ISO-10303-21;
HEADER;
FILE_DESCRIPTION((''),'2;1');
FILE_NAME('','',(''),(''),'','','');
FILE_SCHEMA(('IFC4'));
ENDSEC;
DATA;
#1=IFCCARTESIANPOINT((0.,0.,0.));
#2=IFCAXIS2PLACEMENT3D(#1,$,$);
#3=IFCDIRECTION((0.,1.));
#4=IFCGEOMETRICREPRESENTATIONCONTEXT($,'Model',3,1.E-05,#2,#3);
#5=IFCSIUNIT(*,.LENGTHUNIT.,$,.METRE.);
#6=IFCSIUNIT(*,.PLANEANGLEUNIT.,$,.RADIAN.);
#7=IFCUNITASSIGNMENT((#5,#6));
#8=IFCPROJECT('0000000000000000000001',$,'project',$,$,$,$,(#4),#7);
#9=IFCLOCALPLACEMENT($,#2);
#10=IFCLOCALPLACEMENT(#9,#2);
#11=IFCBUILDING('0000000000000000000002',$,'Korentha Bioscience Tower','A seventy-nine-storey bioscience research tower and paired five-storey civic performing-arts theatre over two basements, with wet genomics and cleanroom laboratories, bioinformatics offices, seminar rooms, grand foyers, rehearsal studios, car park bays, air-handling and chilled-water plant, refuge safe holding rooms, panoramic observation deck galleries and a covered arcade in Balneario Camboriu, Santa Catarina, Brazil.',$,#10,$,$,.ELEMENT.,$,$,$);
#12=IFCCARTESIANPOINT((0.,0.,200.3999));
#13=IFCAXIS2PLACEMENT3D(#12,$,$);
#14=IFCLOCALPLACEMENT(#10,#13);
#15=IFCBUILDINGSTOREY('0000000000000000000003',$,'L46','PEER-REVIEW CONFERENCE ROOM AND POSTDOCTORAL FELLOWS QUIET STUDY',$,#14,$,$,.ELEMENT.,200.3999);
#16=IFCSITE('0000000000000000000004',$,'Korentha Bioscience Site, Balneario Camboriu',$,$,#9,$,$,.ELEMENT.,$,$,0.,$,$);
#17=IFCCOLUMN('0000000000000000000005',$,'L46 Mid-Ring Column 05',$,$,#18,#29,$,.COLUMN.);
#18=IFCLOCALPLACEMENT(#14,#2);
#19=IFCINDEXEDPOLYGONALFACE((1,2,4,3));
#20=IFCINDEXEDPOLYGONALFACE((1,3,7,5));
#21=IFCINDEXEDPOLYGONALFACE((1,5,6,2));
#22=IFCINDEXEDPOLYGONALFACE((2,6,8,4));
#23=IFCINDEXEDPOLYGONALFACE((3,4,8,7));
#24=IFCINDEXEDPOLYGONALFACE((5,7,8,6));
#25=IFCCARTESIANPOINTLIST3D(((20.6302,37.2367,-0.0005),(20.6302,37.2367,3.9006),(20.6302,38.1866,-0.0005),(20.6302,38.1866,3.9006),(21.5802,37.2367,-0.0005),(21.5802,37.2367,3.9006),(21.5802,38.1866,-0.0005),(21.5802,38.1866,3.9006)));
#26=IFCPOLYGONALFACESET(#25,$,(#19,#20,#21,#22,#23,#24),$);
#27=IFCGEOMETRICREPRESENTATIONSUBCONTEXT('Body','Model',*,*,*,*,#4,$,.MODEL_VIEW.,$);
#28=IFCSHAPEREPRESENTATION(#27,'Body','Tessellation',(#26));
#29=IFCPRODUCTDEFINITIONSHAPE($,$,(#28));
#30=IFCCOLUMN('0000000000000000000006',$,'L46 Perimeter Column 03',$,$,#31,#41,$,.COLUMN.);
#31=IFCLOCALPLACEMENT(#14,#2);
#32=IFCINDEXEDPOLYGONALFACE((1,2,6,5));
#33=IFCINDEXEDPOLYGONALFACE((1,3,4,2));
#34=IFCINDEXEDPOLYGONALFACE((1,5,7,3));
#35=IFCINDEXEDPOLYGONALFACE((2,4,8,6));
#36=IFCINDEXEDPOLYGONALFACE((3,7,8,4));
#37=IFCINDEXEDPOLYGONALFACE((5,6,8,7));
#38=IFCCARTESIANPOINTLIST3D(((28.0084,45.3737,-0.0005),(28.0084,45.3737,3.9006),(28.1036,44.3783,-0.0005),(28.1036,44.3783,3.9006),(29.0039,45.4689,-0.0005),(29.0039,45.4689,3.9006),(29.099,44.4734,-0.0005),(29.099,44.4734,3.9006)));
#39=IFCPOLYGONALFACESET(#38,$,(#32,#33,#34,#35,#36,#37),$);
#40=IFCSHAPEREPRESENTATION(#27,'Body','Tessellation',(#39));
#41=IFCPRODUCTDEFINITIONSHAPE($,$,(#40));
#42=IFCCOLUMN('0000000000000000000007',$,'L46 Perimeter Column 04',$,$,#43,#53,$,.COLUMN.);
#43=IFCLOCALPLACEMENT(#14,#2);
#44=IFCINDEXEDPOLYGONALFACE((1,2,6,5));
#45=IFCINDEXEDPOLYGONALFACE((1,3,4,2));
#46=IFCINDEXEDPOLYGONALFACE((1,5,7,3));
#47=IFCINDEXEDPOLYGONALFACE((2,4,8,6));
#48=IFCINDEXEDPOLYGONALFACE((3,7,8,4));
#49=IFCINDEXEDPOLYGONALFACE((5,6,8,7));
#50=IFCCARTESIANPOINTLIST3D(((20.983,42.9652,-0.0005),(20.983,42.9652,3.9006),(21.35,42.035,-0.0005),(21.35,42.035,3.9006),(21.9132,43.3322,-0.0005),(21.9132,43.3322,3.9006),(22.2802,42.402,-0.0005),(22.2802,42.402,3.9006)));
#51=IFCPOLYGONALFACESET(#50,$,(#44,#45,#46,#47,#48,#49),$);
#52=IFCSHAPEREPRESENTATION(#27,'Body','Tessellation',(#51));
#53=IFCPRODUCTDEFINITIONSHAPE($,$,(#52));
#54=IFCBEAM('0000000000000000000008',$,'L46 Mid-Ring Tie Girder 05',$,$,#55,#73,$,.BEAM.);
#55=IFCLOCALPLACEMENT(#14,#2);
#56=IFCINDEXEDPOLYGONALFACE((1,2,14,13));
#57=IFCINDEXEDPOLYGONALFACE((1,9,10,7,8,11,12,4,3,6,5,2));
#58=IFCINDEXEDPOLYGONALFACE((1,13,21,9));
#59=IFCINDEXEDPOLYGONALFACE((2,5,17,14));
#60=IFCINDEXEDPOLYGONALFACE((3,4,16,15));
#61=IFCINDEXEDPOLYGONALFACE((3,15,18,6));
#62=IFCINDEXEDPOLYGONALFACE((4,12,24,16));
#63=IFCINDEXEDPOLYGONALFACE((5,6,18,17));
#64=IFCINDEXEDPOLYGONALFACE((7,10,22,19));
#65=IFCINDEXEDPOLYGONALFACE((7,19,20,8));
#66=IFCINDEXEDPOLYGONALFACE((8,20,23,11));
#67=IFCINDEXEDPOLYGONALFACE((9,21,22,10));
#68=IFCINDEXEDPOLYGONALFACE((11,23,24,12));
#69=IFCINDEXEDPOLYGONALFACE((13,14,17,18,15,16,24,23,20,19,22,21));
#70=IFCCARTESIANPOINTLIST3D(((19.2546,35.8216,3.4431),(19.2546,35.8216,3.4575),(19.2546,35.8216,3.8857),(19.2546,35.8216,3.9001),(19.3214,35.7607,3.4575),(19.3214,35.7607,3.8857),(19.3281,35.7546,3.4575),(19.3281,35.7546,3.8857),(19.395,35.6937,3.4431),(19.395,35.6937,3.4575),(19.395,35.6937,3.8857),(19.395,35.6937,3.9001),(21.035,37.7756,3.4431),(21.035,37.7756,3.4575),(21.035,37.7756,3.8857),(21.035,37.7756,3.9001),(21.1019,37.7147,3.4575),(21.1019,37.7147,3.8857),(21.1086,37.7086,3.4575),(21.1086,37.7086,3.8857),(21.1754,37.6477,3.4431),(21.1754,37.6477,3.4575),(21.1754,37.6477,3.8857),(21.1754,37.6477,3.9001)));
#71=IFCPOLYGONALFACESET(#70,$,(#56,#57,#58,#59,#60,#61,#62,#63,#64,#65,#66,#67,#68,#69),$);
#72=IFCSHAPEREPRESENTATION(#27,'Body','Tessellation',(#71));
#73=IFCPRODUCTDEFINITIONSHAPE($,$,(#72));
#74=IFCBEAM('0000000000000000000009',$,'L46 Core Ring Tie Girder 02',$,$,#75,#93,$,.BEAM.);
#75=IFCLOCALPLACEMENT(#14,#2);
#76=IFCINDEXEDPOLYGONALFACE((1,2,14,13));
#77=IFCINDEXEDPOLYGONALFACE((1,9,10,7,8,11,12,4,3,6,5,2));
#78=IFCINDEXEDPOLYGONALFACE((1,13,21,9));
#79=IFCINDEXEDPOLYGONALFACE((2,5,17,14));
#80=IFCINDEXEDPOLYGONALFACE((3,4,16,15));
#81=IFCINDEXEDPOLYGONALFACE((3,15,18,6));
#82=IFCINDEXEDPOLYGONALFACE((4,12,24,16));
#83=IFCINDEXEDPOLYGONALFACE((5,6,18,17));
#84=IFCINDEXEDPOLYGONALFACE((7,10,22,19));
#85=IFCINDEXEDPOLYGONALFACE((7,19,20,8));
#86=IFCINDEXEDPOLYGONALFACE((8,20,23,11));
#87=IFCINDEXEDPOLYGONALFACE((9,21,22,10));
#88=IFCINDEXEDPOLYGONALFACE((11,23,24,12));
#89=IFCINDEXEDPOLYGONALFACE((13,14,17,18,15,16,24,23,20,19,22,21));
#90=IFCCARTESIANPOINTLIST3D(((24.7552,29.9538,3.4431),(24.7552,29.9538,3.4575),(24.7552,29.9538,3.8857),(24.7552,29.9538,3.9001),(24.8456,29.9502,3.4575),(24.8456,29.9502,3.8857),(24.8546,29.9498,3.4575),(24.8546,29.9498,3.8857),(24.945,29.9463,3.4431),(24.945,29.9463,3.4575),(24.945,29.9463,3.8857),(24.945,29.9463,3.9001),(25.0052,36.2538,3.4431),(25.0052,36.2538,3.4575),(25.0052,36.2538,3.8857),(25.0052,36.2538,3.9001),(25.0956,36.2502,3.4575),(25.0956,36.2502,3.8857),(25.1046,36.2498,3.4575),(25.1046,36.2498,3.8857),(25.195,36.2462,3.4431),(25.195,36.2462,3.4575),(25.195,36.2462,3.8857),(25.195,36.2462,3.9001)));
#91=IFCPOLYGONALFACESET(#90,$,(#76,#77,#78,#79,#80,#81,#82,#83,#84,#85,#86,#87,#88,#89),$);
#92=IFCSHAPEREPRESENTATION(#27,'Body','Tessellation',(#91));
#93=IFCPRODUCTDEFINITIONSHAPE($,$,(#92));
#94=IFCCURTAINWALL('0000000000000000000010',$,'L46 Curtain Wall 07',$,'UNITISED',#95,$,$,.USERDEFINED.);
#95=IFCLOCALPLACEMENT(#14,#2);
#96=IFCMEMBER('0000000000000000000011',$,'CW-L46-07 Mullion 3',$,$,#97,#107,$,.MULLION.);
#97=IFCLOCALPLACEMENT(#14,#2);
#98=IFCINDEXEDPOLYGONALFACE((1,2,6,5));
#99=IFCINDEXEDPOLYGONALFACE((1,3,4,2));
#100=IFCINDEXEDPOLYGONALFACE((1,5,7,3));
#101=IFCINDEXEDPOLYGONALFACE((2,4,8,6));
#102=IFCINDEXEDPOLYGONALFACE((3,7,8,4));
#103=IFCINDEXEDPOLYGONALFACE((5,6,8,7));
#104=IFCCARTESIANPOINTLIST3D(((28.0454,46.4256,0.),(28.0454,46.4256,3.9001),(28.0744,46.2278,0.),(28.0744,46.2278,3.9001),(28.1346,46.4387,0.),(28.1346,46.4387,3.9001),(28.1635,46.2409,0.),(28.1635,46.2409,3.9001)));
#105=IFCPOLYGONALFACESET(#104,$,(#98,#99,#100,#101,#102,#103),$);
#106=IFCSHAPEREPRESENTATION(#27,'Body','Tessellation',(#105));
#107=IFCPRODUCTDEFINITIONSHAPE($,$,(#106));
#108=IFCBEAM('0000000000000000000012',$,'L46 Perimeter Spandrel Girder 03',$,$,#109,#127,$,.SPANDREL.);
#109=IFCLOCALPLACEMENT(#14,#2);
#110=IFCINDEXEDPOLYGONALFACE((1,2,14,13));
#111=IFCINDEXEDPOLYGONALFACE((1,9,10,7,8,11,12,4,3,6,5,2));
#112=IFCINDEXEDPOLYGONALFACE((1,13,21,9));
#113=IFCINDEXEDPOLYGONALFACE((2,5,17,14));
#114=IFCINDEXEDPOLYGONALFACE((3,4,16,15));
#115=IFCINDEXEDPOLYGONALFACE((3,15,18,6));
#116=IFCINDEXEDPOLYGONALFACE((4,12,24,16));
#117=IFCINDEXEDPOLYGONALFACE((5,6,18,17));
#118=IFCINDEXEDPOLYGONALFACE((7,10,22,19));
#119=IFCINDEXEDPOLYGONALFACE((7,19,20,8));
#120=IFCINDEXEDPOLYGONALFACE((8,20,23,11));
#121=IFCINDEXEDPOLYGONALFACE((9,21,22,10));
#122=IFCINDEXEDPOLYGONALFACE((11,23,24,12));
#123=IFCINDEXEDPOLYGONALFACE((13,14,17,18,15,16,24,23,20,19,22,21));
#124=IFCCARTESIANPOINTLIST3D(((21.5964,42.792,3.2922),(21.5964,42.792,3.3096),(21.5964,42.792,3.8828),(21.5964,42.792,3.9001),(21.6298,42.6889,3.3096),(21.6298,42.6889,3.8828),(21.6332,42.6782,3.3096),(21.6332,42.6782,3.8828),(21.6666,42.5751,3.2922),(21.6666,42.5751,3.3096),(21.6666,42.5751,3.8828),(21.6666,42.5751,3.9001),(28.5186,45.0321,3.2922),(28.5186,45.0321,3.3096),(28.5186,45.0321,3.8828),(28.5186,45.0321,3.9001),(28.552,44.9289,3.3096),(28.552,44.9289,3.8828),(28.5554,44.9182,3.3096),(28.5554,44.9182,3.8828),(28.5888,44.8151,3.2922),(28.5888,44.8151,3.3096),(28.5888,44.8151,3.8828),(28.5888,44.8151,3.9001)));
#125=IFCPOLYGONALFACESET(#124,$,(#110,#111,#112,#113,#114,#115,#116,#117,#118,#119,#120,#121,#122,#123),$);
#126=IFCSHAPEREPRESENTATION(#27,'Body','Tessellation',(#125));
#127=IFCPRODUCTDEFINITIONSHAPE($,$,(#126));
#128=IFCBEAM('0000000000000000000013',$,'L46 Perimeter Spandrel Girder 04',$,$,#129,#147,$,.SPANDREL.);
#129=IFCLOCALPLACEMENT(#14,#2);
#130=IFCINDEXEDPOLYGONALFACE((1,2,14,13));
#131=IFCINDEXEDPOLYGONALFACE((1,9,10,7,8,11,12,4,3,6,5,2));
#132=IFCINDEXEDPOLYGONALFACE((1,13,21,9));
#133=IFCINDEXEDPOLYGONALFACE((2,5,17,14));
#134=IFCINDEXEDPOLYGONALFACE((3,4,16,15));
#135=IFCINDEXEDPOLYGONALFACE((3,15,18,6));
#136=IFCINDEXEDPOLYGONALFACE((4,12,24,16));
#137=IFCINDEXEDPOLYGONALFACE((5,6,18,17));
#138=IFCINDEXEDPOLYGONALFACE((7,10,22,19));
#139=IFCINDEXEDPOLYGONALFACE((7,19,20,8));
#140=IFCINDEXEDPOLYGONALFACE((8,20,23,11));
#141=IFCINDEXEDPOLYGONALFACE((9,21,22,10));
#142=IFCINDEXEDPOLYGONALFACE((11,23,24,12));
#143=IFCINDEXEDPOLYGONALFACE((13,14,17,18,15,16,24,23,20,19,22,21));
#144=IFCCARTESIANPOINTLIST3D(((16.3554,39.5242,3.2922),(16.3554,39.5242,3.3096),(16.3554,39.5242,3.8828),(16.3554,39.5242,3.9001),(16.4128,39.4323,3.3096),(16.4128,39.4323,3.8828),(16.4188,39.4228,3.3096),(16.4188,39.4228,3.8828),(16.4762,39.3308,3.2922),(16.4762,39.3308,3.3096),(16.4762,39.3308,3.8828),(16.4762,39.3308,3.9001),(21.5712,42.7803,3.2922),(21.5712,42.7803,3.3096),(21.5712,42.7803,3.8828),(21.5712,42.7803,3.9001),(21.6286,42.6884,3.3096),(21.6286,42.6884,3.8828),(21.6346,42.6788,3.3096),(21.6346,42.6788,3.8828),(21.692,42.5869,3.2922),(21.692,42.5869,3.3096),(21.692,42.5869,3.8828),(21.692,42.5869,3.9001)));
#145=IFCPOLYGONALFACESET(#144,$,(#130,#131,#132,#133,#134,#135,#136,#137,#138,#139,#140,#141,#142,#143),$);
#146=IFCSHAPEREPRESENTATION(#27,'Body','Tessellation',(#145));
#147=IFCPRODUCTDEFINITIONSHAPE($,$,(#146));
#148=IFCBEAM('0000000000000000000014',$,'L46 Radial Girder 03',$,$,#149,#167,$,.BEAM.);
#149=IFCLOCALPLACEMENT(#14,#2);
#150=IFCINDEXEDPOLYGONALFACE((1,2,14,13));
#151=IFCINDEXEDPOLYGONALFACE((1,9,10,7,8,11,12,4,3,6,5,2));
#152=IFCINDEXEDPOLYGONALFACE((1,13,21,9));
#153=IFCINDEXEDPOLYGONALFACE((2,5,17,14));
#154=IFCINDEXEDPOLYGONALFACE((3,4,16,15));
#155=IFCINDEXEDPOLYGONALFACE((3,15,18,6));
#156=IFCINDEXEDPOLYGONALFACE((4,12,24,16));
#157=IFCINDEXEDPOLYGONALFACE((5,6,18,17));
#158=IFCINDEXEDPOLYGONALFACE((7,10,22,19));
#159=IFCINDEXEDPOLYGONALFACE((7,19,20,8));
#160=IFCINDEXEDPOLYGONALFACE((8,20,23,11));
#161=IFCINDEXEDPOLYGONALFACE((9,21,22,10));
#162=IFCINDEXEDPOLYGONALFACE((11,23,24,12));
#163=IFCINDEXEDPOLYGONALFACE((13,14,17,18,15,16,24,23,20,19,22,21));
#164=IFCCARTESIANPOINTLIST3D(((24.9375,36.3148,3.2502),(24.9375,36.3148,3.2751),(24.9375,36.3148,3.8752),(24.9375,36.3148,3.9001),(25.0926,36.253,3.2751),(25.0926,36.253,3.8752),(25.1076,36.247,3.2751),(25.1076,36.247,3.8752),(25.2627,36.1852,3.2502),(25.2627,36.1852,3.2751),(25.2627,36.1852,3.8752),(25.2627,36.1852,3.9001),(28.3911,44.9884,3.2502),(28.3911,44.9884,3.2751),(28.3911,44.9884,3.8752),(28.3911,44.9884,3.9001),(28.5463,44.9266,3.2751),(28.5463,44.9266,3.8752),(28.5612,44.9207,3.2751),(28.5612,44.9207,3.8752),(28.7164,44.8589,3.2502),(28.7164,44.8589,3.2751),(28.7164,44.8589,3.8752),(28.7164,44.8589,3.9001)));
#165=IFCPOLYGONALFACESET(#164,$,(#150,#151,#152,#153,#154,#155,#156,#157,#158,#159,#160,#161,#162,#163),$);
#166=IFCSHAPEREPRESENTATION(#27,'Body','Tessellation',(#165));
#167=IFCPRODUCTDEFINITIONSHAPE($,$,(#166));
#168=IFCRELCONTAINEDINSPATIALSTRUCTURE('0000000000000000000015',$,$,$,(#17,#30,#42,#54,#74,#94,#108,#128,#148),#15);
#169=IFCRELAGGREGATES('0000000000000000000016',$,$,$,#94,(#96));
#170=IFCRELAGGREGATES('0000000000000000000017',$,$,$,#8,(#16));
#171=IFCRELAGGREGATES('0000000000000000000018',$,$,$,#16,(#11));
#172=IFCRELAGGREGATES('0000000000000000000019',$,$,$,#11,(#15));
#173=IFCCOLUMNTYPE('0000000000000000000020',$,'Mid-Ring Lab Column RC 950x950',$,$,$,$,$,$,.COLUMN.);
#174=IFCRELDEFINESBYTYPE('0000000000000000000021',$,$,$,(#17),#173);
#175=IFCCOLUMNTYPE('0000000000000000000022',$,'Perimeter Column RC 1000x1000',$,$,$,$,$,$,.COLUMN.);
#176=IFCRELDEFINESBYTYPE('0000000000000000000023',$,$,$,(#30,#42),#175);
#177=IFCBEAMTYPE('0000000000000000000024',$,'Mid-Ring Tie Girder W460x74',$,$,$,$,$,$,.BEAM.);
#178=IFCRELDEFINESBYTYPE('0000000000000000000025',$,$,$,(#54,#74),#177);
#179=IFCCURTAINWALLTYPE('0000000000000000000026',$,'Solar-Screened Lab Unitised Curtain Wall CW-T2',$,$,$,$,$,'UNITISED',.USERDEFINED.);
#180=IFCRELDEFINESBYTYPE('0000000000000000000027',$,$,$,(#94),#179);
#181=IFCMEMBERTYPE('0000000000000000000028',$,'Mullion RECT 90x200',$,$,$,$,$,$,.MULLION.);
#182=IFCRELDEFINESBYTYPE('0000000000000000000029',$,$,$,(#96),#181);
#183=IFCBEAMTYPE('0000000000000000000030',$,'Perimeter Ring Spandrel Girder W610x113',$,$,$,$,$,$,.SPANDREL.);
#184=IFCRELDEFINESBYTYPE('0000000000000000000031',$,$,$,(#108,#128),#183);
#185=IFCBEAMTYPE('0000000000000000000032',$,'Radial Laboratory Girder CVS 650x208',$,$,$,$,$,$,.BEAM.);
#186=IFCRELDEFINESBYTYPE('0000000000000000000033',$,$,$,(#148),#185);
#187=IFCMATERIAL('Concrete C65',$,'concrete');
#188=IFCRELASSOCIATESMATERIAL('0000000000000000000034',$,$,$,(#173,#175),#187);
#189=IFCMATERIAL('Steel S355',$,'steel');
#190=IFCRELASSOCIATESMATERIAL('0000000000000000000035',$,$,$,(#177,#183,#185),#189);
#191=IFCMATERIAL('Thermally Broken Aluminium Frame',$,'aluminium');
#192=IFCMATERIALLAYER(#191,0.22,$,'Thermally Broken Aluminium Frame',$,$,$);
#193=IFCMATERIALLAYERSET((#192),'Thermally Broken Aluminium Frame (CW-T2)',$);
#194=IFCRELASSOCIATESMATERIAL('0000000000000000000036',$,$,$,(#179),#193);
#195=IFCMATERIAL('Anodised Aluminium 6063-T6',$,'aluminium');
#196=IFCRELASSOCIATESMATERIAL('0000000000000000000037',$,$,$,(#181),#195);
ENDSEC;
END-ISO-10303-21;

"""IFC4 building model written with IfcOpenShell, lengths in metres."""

from ifc_helpers import new_model, si_unit, direction, frame, origin, origin_2d, place, context, subcontext, project, spatial, rectangle, i_section, extrude, material, layer, layer_set, material_profile, profile_set, type_object, element, aggregate, save


model = new_model("IFC4")

# Units and contexts
model_context = context("Model", 3, precision=1e-05, world=origin(), true_north=direction((0.0, 1.0)))
body_context = subcontext(model_context, "Body", "Model", "MODEL_VIEW")
ifc_project = project(units=[si_unit("LENGTHUNIT", "METRE"), si_unit("PLANEANGLEUNIT", "RADIAN")], contexts=[model_context])

# Site, building, storey
site_placement = place(None, origin())
site = spatial("IfcSite", under=ifc_project, at=site_placement, Name="Korentha Bioscience Site, Balneario Camboriu", CompositionType="ELEMENT", RefElevation=0.0)
building_placement = place(site_placement, origin())
building = spatial("IfcBuilding", under=site, at=building_placement, Name="Korentha Bioscience Tower", Description="A seventy-nine-storey bioscience research tower and paired five-storey civic performing-arts theatre over two basements, with wet genomics and cleanroom laboratories, bioinformatics offices, seminar rooms, grand foyers, rehearsal studios, car park bays, air-handling and chilled-water plant, refuge safe holding rooms, panoramic observation deck galleries and a covered arcade in Balneario Camboriu, Santa Catarina, Brazil.", CompositionType="ELEMENT")
storey_placement = place(building_placement, frame((0.0, 0.0, 200.3999)))
storey = spatial("IfcBuildingStorey", under=building, at=storey_placement, Name="L46", Description="PEER-REVIEW CONFERENCE ROOM AND POSTDOCTORAL FELLOWS QUIET STUDY", CompositionType="ELEMENT", Elevation=200.3999)

# Columns
ifc_material_1 = material(Name="Concrete C65", Category="concrete")
ifc_material_profile_1 = material_profile(ifc_material_1, rectangle(XDim=0.95, YDim=0.95, at=origin_2d()), Name="Concrete C65")
ifc_profile_set_1 = profile_set([ifc_material_profile_1], Name="Concrete C65 (COL-MR09)")
column_type_1 = type_object("IfcColumnType", Name="Mid-Ring Lab Column RC 950x950", PredefinedType="COLUMN", material=ifc_profile_set_1)
column_placement = place(storey_placement, frame((21.1052, 37.7117, -0.0005), z_axis=(0.0, 0.0, 1.0), x_axis=(1.0, 0.0, 0.0)))
element("IfcColumn", 1, at=column_placement, inside=storey, type_object=column_type_1, Name="L46 Mid-Ring Column 05", PredefinedType="COLUMN", context=body_context, shape_type="SweptSolid", body=[
    extrude(rectangle(XDim=0.95, YDim=0.95, at=origin_2d()), origin(), (0.0, 0.0, 1.0), 3.9011),
])
ifc_material_profile_2 = material_profile(ifc_material_1, rectangle(XDim=1.0, YDim=1.0, at=origin_2d()), Name="Concrete C65")
ifc_profile_set_2 = profile_set([ifc_material_profile_2], Name="Concrete C65 (COL-P10)")
column_type_2 = type_object("IfcColumnType", Name="Perimeter Column RC 1000x1000", PredefinedType="COLUMN", material=ifc_profile_set_2)
for number, where, z_axis, x_axis, name in (
    (2, (28.5537, 44.9236, -0.0005), (0.0, 0.0, 1.0), (0.995463, 0.095151, 0.0), "L46 Perimeter Column 03"),
    (3, (21.6316, 42.6836, -0.0005), (0.0, 0.0, 1.0), (0.930226, 0.366988, 0.0), "L46 Perimeter Column 04"),
):
    element("IfcColumn", number, at=place(storey_placement, frame(where, z_axis=z_axis, x_axis=x_axis)), inside=storey, type_object=column_type_2, Name=name, PredefinedType="COLUMN", context=body_context, shape_type="SweptSolid", body=[
        extrude(rectangle(XDim=1.0, YDim=1.0, at=origin_2d()), origin(), (0.0, 0.0, 1.0), 3.9011),
    ])

# Beams
ifc_material_2 = material(Name="Steel S355", Category="steel")
ifc_material_profile_3 = material_profile(ifc_material_2, i_section(OverallWidth=0.1899, OverallDepth=0.457, WebThickness=0.009, FlangeThickness=0.0144, at=origin_2d()), Name="Steel S355")
ifc_profile_set_3 = profile_set([ifc_material_profile_3], Name="Steel S355 (MB-460)")
beam_type_1 = type_object("IfcBeamType", Name="Mid-Ring Tie Girder W460x74", PredefinedType="BEAM", material=ifc_profile_set_3)
beam_1_placement = place(storey_placement, frame((21.1052, 37.7117, 3.6716), z_axis=(-0.673514, -0.739175, 0.0), x_axis=(0.739175, -0.673514, 0.0)))
element("IfcBeam", 4, at=beam_1_placement, inside=storey, type_object=beam_type_1, Name="L46 Mid-Ring Tie Girder 05", PredefinedType="BEAM", context=body_context, shape_type="SweptSolid", body=[
    extrude(i_section(OverallWidth=0.1899, OverallDepth=0.457, WebThickness=0.009, FlangeThickness=0.0144, at=origin_2d()), origin(), (0.0, 0.0, 1.0), 2.6436),
])
beam_2_placement = place(storey_placement, frame((25.1001, 36.25, 3.6716), z_axis=(-0.039651, -0.999214, 0.0), x_axis=(0.999214, -0.039651, 0.0)))
element("IfcBeam", 5, at=beam_2_placement, inside=storey, type_object=beam_type_1, Name="L46 Core Ring Tie Girder 02", PredefinedType="BEAM", context=body_context, shape_type="SweptSolid", body=[
    extrude(i_section(OverallWidth=0.1899, OverallDepth=0.457, WebThickness=0.009, FlangeThickness=0.0144, at=origin_2d()), origin(), (0.0, 0.0, 1.0), 6.3049),
])

# Curtain wall, member
ifc_material_3 = material(Name="Thermally Broken Aluminium Frame", Category="aluminium")
ifc_layer_1 = layer(ifc_material_3, 0.22, Name="Thermally Broken Aluminium Frame")
ifc_layer_set_1 = layer_set([ifc_layer_1], Name="Thermally Broken Aluminium Frame (CW-T2)")
curtain_wall_type = type_object("IfcCurtainWallType", Name="Solar-Screened Lab Unitised Curtain Wall CW-T2", ElementType="UNITISED", PredefinedType="USERDEFINED", material=ifc_layer_set_1)
curtain_wall_placement = place(storey_placement, origin())
curtain_wall = element("IfcCurtainWall", 6, at=curtain_wall_placement, inside=storey, type_object=curtain_wall_type, Name="L46 Curtain Wall 07", ObjectType="UNITISED", PredefinedType="USERDEFINED")
ifc_material_4 = material(Name="Anodised Aluminium 6063-T6", Category="aluminium")
ifc_material_profile_4 = material_profile(ifc_material_4, rectangle(XDim=0.0901, YDim=0.2, at=origin_2d()), Name="Anodised Aluminium 6063-T6")
ifc_profile_set_4 = profile_set([ifc_material_profile_4], Name="Anodised Aluminium 6063-T6 (CW-MUL)")
member_type = type_object("IfcMemberType", Name="Mullion RECT 90x200", PredefinedType="MULLION", material=ifc_profile_set_4)
member_placement = place(storey_placement, frame((28.1045, 46.3333, 0.0), z_axis=(0.0, 0.0, 1.0), x_axis=(-0.989449, -0.144878, 0.0)))
member = element("IfcMember", 7, at=member_placement, type_object=member_type, Name="CW-L46-07 Mullion 3", PredefinedType="MULLION", context=body_context, shape_type="SweptSolid", body=[
    extrude(rectangle(XDim=0.0901, YDim=0.2, at=origin_2d()), origin(), (0.0, 0.0, 1.0), 3.9001),
])

# Beams
ifc_material_profile_5 = material_profile(ifc_material_2, i_section(OverallWidth=0.228, OverallDepth=0.6079, WebThickness=0.0112, FlangeThickness=0.0173, at=origin_2d()), Name="Steel S355")
ifc_profile_set_5 = profile_set([ifc_material_profile_5], Name="Steel S355 (SB-610)")
beam_type_2 = type_object("IfcBeamType", Name="Perimeter Ring Spandrel Girder W610x113", PredefinedType="SPANDREL", material=ifc_profile_set_5)
beam_3_placement = place(storey_placement, frame((28.5537, 44.9236, 3.5962), z_axis=(-0.951425, -0.30788, 0.0), x_axis=(0.30788, -0.951425, 0.0)))
element("IfcBeam", 8, at=beam_3_placement, inside=storey, type_object=beam_type_2, Name="L46 Perimeter Spandrel Girder 03", PredefinedType="SPANDREL", context=body_context, shape_type="SweptSolid", body=[
    extrude(i_section(OverallWidth=0.228, OverallDepth=0.6079, WebThickness=0.0112, FlangeThickness=0.0173, at=origin_2d()), origin(), (0.0, 0.0, 1.0), 7.2756),
])
beam_4_placement = place(storey_placement, frame((21.6316, 42.6836, 3.5962), z_axis=(-0.848275, -0.529556, 0.0), x_axis=(0.529556, -0.848275, 0.0)))
element("IfcBeam", 9, at=beam_4_placement, inside=storey, type_object=beam_type_2, Name="L46 Perimeter Spandrel Girder 04", PredefinedType="SPANDREL", context=body_context, shape_type="SweptSolid", body=[
    extrude(i_section(OverallWidth=0.228, OverallDepth=0.6079, WebThickness=0.0112, FlangeThickness=0.0173, at=origin_2d()), origin(), (0.0, 0.0, 1.0), 6.1487),
])
ifc_material_profile_6 = material_profile(ifc_material_2, i_section(OverallWidth=0.3501, OverallDepth=0.6499, WebThickness=0.0161, FlangeThickness=0.0249, at=origin_2d()), Name="Steel S355")
ifc_profile_set_6 = profile_set([ifc_material_profile_6], Name="Steel S355 (RB-650)")
beam_type_3 = type_object("IfcBeamType", Name="Radial Laboratory Girder CVS 650x208", PredefinedType="BEAM", material=ifc_profile_set_6)
beam_5_placement = place(storey_placement, frame((25.1001, 36.25, 3.5752), z_axis=(0.369929, 0.92906, 0.0), x_axis=(-0.92906, 0.369929, 0.0)))
element("IfcBeam", 10, at=beam_5_placement, inside=storey, type_object=beam_type_3, Name="L46 Radial Girder 03", PredefinedType="BEAM", context=body_context, shape_type="SweptSolid", body=[
    extrude(i_section(OverallWidth=0.3501, OverallDepth=0.6499, WebThickness=0.0161, FlangeThickness=0.0249, at=origin_2d()), origin(), (0.0, 0.0, 1.0), 9.3359),
])

aggregate(curtain_wall, [member])

save(model, "model.ifc")
